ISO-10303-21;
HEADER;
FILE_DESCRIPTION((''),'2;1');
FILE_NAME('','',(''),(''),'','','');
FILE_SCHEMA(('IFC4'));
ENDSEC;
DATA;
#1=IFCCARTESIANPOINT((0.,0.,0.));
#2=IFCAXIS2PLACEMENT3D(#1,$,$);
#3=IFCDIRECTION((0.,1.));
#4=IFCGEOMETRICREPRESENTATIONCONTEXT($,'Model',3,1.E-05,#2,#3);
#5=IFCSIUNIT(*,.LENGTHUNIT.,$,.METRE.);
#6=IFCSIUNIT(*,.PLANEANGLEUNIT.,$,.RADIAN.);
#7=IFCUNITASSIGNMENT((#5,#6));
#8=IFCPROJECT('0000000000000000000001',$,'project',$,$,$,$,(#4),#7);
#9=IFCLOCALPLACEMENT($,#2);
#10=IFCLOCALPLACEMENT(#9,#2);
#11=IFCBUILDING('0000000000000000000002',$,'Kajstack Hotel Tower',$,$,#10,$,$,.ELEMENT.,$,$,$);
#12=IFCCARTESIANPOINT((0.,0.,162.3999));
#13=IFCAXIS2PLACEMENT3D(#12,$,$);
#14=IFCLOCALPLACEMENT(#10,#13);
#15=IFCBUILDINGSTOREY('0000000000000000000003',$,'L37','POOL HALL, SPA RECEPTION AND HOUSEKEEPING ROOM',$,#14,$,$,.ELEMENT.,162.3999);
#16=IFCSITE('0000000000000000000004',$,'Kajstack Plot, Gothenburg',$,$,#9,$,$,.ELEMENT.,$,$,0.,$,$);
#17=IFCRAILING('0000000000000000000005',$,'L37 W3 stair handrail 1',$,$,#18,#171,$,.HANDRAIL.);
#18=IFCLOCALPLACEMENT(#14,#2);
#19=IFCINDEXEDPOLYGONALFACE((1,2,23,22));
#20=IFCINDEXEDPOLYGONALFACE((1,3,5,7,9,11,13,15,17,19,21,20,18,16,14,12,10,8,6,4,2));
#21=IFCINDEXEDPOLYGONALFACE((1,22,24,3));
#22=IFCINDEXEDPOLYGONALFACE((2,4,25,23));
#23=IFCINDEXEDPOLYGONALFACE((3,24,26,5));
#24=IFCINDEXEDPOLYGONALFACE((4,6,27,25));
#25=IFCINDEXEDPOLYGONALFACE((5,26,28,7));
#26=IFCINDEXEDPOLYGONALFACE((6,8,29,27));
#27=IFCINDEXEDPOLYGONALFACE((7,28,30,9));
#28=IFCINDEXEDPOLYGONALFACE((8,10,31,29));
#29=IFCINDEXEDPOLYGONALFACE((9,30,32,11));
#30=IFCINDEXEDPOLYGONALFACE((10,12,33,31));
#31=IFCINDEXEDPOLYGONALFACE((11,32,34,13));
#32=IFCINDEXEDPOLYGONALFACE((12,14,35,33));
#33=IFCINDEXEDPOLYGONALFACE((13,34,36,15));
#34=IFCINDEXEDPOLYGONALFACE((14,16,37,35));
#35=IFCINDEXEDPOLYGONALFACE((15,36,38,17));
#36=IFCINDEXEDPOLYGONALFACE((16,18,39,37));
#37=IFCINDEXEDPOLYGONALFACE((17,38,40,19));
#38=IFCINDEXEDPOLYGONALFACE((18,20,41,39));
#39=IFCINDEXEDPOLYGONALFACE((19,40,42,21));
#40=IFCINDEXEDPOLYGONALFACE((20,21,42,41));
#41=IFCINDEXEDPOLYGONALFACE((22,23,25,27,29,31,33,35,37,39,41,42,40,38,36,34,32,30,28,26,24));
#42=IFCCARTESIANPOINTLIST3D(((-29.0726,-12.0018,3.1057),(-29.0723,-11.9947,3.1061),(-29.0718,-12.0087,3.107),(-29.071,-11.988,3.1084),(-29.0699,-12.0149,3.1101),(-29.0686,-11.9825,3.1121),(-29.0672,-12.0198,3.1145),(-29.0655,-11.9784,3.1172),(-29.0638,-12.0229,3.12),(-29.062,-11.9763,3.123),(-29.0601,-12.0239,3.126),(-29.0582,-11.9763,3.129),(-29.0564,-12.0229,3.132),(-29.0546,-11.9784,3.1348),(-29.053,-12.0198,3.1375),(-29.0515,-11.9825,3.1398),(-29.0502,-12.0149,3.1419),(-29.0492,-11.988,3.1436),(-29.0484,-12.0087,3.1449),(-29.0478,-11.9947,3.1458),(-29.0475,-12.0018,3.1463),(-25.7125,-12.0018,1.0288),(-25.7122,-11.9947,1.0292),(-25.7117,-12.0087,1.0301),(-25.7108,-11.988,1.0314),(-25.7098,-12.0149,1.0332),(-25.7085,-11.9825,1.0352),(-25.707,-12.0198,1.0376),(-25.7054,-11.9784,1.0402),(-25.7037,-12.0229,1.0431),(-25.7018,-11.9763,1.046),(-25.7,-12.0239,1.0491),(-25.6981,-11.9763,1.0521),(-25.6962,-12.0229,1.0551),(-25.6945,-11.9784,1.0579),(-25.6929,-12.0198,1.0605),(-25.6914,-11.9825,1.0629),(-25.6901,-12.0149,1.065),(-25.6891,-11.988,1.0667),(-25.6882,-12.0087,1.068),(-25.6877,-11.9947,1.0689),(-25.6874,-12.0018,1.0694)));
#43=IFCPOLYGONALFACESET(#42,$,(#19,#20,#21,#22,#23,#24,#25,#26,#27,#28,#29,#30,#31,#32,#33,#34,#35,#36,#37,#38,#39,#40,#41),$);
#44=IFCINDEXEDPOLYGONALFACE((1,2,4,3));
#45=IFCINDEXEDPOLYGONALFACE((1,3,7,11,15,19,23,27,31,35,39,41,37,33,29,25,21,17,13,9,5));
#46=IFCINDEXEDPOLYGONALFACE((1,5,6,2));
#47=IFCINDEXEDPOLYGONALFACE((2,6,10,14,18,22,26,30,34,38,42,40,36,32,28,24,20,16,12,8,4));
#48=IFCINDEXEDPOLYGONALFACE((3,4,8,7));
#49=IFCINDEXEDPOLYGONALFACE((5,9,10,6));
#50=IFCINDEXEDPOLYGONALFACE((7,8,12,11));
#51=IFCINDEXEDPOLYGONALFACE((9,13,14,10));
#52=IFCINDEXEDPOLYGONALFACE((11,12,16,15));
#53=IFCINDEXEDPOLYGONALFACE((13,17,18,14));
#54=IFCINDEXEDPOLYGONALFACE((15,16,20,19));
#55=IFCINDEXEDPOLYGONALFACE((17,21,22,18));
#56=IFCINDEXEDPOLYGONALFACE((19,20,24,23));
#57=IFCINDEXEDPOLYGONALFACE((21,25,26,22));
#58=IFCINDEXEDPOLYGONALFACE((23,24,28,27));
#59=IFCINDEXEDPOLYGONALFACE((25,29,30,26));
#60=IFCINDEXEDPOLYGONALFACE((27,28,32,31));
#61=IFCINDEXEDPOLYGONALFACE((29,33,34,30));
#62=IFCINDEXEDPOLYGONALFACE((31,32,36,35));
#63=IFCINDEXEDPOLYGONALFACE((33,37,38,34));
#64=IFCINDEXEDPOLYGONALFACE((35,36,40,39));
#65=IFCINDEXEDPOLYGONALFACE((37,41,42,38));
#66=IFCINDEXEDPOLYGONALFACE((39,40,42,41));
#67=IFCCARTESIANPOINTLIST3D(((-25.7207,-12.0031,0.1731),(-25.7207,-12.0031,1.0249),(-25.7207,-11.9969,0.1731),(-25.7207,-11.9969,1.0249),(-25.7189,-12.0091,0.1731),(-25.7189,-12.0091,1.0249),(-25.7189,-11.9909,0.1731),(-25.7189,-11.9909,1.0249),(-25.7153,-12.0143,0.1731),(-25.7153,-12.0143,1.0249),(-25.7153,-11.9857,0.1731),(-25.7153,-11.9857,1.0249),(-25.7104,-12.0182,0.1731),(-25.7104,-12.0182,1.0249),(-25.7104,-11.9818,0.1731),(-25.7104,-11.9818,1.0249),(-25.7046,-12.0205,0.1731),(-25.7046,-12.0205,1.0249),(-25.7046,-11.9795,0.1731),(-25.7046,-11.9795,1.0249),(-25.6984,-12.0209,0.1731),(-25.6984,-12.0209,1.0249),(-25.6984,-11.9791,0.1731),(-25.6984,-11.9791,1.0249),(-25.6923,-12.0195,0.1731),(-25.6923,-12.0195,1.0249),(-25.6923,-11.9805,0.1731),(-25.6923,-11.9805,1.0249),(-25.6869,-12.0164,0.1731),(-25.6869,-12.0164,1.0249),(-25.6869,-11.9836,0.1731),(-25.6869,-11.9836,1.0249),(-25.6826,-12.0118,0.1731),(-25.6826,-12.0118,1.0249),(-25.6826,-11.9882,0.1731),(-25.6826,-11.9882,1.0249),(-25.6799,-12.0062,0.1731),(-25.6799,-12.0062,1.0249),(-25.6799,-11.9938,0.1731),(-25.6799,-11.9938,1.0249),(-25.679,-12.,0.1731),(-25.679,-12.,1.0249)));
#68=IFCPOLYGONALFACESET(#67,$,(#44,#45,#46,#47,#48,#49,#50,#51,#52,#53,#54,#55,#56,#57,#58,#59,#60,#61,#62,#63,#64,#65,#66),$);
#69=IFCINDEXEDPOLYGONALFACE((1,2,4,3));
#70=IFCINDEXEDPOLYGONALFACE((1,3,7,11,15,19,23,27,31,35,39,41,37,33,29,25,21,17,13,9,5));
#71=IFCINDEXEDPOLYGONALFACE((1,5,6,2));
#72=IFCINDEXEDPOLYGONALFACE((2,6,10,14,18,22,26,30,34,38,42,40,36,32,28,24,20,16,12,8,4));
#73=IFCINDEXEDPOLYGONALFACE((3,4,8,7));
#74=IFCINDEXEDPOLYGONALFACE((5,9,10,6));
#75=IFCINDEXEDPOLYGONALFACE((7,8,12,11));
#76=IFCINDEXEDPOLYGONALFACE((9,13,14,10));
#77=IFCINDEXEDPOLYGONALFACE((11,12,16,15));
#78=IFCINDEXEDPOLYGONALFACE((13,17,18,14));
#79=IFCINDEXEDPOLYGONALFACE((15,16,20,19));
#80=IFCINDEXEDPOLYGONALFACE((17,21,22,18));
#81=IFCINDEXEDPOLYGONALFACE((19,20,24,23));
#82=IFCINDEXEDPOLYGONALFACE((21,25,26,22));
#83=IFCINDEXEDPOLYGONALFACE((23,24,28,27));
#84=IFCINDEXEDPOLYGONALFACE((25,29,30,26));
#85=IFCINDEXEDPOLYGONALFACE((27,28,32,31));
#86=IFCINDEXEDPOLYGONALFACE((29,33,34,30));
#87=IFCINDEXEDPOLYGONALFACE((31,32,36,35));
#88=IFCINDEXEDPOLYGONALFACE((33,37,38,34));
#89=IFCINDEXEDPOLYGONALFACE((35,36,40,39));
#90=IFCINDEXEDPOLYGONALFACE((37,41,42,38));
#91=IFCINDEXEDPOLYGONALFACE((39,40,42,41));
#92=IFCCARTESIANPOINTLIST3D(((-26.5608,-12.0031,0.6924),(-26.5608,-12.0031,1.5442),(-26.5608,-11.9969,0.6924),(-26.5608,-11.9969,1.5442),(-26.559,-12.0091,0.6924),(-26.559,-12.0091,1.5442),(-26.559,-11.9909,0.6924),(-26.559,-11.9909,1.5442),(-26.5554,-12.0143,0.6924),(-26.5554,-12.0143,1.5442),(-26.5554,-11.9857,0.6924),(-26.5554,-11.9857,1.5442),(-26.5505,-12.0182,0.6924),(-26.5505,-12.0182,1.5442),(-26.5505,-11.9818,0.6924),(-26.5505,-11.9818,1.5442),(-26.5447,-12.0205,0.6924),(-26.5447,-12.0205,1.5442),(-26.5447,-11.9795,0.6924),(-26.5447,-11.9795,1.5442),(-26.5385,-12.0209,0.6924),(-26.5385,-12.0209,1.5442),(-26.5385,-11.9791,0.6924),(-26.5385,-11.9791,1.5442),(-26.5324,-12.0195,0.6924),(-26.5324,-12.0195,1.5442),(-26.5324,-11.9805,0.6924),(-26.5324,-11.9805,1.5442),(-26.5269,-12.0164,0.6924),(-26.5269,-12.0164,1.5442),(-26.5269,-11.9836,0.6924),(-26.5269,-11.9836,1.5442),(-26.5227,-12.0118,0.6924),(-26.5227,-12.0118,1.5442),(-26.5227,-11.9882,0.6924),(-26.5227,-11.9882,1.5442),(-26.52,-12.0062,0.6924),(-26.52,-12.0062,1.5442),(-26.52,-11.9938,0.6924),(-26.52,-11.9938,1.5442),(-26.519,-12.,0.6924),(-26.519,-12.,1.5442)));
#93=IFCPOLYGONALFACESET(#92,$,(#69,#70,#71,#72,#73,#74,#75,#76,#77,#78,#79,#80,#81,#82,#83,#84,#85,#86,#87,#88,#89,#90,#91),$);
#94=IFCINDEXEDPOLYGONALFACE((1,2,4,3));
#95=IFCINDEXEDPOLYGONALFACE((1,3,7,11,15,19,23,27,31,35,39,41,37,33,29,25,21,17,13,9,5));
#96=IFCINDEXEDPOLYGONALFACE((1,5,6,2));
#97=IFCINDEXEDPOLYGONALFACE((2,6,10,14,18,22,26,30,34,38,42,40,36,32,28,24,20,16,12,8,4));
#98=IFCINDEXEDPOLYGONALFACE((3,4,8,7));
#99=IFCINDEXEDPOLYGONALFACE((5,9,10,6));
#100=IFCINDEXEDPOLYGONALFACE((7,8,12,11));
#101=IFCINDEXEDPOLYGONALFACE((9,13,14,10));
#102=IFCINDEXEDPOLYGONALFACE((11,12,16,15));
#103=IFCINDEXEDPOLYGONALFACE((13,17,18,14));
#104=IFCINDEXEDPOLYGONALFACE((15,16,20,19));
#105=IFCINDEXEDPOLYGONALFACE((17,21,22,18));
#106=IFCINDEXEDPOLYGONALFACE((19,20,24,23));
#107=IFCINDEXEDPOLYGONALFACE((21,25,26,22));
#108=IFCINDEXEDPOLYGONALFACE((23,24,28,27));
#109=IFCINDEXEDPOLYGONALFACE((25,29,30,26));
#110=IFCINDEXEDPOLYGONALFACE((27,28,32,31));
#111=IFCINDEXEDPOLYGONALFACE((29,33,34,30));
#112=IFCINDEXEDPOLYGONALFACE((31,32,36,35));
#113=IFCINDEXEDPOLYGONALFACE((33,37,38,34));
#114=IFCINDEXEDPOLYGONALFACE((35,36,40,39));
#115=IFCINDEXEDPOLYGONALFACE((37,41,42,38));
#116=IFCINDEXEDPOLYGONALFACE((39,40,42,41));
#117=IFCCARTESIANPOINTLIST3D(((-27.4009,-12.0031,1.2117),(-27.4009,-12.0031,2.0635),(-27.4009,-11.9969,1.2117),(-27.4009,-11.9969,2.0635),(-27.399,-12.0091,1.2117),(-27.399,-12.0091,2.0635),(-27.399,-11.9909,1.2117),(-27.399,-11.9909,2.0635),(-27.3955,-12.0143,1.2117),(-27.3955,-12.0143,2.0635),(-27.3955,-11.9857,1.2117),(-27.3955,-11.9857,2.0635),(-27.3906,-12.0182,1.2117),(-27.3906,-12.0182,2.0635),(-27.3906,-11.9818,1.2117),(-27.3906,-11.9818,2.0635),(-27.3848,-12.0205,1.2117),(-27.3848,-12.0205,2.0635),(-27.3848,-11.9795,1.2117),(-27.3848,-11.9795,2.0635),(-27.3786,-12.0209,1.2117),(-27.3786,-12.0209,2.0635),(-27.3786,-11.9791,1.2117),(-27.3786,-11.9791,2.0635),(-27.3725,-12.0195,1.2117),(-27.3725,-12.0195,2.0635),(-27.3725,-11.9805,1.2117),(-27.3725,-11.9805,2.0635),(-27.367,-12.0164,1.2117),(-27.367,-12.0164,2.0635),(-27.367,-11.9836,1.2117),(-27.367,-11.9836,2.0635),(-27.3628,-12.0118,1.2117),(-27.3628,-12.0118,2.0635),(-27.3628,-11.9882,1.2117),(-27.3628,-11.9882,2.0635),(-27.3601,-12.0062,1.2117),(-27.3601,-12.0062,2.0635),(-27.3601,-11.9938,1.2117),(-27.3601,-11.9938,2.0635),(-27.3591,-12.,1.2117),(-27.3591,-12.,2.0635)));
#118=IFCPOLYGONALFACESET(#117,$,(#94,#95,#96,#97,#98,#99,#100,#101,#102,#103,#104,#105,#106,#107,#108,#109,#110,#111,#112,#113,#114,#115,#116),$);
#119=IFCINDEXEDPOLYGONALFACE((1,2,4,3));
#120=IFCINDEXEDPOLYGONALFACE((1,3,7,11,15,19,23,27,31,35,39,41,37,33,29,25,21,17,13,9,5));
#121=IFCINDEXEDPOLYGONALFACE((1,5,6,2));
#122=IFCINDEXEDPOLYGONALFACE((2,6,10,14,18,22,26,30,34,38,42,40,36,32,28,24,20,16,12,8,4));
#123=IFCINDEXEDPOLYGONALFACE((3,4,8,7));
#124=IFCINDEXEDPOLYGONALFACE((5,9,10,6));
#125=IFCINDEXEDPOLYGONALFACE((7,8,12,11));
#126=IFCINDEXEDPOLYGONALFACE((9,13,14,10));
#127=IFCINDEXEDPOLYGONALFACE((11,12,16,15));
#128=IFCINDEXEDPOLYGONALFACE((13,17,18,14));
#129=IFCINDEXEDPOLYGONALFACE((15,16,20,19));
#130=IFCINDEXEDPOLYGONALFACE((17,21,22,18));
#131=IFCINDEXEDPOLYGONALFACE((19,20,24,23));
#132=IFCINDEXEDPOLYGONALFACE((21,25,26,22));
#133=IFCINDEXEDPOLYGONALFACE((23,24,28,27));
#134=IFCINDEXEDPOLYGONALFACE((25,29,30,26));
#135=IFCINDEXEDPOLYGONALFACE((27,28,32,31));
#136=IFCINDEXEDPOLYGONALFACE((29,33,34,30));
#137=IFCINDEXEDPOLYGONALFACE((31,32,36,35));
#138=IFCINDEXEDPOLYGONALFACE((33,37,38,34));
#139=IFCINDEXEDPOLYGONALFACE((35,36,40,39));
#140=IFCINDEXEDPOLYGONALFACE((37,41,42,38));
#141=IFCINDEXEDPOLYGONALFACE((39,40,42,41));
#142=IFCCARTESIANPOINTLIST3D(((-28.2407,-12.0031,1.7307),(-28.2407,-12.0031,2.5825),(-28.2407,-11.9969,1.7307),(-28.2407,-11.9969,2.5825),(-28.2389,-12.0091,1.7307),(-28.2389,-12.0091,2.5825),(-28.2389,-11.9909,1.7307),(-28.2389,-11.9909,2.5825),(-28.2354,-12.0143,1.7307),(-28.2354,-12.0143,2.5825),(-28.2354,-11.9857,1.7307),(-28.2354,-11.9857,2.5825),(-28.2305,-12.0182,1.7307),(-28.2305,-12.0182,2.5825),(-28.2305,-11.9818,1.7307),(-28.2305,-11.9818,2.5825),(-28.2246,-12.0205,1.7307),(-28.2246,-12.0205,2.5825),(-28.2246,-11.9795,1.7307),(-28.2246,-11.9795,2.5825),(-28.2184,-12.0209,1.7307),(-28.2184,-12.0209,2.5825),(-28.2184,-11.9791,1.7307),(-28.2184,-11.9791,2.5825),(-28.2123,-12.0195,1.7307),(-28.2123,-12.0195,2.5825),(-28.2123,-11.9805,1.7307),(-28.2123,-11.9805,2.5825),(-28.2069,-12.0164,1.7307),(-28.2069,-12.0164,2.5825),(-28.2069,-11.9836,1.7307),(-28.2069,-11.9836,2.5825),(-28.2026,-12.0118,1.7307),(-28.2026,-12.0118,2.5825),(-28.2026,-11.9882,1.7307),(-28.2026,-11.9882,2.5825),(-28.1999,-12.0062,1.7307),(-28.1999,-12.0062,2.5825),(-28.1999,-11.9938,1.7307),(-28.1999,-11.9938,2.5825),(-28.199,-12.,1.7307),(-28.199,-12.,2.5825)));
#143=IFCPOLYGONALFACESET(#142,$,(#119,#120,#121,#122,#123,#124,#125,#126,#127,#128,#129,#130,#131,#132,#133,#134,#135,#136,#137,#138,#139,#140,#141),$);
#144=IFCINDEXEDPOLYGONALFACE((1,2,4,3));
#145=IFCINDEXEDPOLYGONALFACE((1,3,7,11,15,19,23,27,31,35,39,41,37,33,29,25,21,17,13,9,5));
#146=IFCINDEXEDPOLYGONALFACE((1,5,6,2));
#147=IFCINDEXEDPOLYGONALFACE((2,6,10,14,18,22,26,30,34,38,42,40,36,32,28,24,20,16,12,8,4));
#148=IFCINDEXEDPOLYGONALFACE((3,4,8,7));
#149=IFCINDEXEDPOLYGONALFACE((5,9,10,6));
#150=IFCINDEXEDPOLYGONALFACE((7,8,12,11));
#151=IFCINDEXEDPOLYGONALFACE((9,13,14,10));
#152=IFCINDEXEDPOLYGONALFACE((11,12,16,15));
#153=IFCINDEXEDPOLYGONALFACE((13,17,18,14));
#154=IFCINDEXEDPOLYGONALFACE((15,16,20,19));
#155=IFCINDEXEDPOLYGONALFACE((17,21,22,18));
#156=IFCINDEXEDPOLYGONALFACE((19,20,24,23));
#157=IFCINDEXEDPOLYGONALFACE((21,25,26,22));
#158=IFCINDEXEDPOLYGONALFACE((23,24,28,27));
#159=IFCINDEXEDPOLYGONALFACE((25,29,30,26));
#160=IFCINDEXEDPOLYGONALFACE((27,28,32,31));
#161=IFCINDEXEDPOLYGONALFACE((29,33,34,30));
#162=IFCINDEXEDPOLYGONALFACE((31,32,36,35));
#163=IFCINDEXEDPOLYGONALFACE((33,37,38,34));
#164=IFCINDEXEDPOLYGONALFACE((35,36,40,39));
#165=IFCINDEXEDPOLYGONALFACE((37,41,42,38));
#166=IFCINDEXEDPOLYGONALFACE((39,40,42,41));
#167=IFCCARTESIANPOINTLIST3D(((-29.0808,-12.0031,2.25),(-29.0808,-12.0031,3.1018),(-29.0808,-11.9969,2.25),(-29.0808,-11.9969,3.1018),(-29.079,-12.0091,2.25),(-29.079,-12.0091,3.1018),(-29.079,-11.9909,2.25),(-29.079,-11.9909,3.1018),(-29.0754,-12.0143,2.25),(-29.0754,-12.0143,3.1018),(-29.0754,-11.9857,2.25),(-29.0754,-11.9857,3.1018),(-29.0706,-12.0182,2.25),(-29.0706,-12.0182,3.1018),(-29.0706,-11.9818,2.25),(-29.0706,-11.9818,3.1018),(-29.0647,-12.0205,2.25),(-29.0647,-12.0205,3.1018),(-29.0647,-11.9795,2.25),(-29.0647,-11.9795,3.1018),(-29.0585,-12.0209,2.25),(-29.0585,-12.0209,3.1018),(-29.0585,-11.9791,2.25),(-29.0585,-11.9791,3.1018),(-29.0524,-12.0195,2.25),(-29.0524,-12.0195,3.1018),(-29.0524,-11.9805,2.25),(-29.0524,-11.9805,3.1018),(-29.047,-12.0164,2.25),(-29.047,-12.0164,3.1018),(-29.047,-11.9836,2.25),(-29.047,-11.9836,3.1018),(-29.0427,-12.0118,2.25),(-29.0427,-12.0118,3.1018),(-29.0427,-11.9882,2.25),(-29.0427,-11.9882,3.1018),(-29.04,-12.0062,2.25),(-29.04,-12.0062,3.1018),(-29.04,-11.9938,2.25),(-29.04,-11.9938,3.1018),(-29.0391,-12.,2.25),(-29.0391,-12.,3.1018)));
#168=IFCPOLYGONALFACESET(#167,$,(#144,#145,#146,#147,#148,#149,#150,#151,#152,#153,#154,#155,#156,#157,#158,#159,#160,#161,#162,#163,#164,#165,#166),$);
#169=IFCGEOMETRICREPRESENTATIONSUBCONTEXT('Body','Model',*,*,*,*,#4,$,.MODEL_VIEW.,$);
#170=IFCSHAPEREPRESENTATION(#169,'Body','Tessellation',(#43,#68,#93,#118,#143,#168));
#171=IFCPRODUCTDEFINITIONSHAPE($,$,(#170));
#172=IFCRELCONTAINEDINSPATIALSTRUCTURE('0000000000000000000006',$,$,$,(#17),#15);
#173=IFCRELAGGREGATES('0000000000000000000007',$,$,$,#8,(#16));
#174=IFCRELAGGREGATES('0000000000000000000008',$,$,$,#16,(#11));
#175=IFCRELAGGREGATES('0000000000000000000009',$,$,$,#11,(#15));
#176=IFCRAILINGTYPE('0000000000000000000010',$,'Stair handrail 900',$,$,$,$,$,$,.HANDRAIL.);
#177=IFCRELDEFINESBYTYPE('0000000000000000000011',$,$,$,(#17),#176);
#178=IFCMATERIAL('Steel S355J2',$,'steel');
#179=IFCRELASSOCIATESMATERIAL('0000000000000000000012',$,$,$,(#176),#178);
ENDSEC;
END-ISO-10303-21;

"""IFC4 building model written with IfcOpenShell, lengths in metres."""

from ifc_helpers import new_model, si_unit, direction, frame, origin, origin_2d, place, context, subcontext, project, spatial, circle, extrude, material, type_object, element, save


model = new_model("IFC4")

# Units and contexts
model_context = context("Model", 3, precision=1e-05, world=origin(), true_north=direction((0.0, 1.0)))
body_context = subcontext(model_context, "Body", "Model", "MODEL_VIEW")
ifc_project = project(units=[si_unit("LENGTHUNIT", "METRE"), si_unit("PLANEANGLEUNIT", "RADIAN")], contexts=[model_context])

# Site, building, storey
site_placement = place(None, origin())
site = spatial("IfcSite", under=ifc_project, at=site_placement, Name="Kajstack Plot, Gothenburg", CompositionType="ELEMENT", RefElevation=0.0)
building_placement = place(site_placement, origin())
building = spatial("IfcBuilding", under=site, at=building_placement, Name="Kajstack Hotel Tower", CompositionType="ELEMENT")
storey_placement = place(building_placement, frame((0.0, 0.0, 162.3999)))
storey = spatial("IfcBuildingStorey", under=building, at=storey_placement, Name="L37", Description="POOL HALL, SPA RECEPTION AND HOUSEKEEPING ROOM", CompositionType="ELEMENT", Elevation=162.3999)

# Railing
ifc_material_1 = material(Name="Steel S355J2", Category="steel")
railing_type_1 = type_object("IfcRailingType", Name="Stair handrail 900", PredefinedType="HANDRAIL", material=ifc_material_1)
railing_1_placement = place(storey_placement, frame((-25.7, -12.0, 0.1731)))
element("IfcRailing", 1, at=railing_1_placement, inside=storey, type_object=railing_type_1, Name="L37 W3 stair handrail 1", PredefinedType="HANDRAIL", context=body_context, shape_type="SweptSolid", body=[
    extrude(circle(Radius=0.0239, at=origin_2d()), frame((0.0, 0.0, 0.876), z_axis=(-0.850623, 0.0, 0.525776), x_axis=(0.0, -1.0, 0.0)), (0.0, 0.0, 1.0), 3.9502),
    extrude(circle(Radius=0.021, at=origin_2d()), origin(), (0.0, 0.0, 1.0), 0.8518),
    extrude(circle(Radius=0.021, at=origin_2d()), frame((-0.8401, 0.0, 0.5193)), (0.0, 0.0, 1.0), 0.8518),
    extrude(circle(Radius=0.021, at=origin_2d()), frame((-1.6802, 0.0, 1.0386)), (0.0, 0.0, 1.0), 0.8518),
    extrude(circle(Radius=0.021, at=origin_2d()), frame((-2.52, 0.0, 1.5576)), (0.0, 0.0, 1.0), 0.8518),
    extrude(circle(Radius=0.021, at=origin_2d()), frame((-3.3601, 0.0, 2.0769)), (0.0, 0.0, 1.0), 0.8518),
])

save(model, "model.ifc")
